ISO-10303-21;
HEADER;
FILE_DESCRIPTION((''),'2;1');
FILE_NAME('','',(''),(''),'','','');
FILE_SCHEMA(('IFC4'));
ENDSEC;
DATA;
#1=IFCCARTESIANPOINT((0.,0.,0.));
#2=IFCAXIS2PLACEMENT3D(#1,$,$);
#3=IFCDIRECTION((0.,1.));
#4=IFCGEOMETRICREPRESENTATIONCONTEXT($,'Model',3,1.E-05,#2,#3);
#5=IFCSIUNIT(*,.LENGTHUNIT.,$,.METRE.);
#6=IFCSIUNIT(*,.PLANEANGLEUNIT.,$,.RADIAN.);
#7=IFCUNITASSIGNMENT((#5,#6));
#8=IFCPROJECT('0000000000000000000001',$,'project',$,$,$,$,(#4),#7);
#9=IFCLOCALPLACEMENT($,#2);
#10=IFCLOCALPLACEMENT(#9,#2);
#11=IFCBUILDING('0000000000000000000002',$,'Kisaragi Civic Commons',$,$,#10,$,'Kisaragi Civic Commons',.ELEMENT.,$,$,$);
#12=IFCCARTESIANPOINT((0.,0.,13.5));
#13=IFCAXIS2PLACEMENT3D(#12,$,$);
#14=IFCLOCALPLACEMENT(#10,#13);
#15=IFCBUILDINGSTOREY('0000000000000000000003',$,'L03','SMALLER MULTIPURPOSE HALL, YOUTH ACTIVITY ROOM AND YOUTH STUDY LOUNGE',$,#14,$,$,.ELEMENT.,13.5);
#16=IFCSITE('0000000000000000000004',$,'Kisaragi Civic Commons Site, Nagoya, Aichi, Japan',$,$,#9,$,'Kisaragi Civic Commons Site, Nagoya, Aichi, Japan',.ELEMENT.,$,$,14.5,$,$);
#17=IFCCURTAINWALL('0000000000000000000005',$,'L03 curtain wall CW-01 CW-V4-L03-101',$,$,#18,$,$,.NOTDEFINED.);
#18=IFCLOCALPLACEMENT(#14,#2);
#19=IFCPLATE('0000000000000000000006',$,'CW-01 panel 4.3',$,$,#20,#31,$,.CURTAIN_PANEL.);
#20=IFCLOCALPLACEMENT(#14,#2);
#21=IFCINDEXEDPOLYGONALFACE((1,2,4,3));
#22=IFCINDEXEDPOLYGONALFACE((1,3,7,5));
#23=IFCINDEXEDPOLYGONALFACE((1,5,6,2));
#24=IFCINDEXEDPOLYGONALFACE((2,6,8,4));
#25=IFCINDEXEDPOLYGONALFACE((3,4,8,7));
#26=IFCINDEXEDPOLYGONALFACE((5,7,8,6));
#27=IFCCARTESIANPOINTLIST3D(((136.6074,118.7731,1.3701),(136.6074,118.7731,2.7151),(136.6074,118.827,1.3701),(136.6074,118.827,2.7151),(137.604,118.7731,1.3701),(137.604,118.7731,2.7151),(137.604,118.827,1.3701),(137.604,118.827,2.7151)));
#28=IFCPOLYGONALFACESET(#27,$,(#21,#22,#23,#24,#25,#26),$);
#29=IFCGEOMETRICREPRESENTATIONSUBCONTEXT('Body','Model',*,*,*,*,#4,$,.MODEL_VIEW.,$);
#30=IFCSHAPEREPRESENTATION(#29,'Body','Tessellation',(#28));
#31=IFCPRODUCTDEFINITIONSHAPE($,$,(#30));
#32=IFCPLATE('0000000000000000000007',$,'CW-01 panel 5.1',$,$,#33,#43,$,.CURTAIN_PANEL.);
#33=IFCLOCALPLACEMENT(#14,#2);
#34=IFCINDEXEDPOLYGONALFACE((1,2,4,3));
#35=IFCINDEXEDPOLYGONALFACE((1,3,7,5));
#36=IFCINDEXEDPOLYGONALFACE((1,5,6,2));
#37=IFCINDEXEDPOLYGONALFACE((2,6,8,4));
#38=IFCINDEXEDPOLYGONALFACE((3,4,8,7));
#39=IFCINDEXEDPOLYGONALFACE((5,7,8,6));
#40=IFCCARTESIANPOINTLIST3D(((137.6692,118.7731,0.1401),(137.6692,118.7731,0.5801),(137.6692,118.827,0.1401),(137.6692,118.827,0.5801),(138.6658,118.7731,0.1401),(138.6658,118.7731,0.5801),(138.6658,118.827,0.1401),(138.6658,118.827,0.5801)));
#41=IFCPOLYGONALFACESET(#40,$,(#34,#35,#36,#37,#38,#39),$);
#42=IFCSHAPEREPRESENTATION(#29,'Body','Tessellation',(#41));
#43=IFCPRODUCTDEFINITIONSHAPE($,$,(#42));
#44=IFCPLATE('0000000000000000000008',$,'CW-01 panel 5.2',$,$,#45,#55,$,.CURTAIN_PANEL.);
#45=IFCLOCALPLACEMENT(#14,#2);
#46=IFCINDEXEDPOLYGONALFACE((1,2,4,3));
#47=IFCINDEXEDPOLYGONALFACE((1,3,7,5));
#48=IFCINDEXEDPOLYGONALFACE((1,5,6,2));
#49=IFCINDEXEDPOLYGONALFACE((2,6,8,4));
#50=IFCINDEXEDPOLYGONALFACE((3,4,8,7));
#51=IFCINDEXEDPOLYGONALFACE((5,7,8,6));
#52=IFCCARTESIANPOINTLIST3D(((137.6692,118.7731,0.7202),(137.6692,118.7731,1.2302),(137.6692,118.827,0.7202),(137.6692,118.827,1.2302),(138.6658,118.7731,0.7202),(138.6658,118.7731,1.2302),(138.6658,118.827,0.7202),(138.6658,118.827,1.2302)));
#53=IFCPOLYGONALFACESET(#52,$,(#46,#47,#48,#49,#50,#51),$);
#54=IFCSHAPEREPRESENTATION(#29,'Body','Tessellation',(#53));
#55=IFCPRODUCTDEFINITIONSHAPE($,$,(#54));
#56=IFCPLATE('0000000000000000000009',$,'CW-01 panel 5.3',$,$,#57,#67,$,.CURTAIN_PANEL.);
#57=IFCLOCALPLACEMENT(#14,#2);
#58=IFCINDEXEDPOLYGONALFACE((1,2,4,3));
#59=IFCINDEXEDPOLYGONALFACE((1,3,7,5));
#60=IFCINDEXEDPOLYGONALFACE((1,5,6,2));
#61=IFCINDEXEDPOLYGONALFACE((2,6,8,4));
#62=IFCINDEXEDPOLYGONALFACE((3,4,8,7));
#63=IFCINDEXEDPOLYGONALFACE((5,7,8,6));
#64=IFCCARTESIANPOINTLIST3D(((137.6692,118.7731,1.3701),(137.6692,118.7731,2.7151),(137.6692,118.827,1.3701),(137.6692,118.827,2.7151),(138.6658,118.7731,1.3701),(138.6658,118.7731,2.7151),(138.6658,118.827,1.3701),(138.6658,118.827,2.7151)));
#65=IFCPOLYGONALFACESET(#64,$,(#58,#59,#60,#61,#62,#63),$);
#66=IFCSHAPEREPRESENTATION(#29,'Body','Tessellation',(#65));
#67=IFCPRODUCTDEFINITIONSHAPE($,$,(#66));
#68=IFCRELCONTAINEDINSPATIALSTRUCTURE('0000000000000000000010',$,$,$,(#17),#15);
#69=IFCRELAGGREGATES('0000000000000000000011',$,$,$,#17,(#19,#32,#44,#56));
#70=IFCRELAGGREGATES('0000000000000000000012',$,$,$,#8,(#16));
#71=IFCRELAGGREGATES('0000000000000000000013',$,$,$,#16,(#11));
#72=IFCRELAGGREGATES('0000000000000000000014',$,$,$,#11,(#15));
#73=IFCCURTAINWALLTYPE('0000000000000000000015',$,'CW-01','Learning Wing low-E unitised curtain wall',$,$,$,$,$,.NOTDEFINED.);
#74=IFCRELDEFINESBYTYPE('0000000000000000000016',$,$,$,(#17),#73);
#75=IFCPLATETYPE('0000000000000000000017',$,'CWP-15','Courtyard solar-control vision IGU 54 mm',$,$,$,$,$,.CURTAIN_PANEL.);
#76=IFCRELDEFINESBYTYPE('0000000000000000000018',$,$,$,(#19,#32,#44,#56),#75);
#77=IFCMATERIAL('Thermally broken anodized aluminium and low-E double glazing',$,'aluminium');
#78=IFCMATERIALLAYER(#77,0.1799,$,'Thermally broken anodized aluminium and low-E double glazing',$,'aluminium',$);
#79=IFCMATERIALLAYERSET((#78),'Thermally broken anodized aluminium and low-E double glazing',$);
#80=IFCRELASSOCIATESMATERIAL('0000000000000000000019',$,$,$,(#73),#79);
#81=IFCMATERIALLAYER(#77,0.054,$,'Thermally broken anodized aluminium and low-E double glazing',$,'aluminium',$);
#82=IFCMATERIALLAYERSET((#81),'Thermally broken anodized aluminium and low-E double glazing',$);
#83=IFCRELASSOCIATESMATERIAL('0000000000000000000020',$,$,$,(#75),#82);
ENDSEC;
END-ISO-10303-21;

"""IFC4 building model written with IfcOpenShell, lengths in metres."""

from ifc_helpers import new_model, si_unit, direction, frame, origin, origin_2d, place, context, subcontext, project, spatial, rectangle, extrude, material, layer, layer_set, type_object, element, aggregate, save


model = new_model("IFC4")

# Units and contexts
model_context = context("Model", 3, precision=1e-05, world=origin(), true_north=direction((0.0, 1.0)))
body_context = subcontext(model_context, "Body", "Model", "MODEL_VIEW")
ifc_project = project(units=[si_unit("LENGTHUNIT", "METRE"), si_unit("PLANEANGLEUNIT", "RADIAN")], contexts=[model_context])

# Site, building, storey
site_placement = place(None, origin())
site = spatial("IfcSite", under=ifc_project, at=site_placement, Name="Kisaragi Civic Commons Site, Nagoya, Aichi, Japan", LongName="Kisaragi Civic Commons Site, Nagoya, Aichi, Japan", CompositionType="ELEMENT", RefElevation=14.5)
building_placement = place(site_placement, origin())
building = spatial("IfcBuilding", under=site, at=building_placement, Name="Kisaragi Civic Commons", LongName="Kisaragi Civic Commons", CompositionType="ELEMENT")
storey_placement = place(building_placement, frame((0.0, 0.0, 13.5)))
storey = spatial("IfcBuildingStorey", under=building, at=storey_placement, Name="L03", Description="SMALLER MULTIPURPOSE HALL, YOUTH ACTIVITY ROOM AND YOUTH STUDY LOUNGE", CompositionType="ELEMENT", Elevation=13.5)

# Curtain wall
ifc_material_1 = material(Name="Thermally broken anodized aluminium and low-E double glazing", Category="aluminium")
ifc_layer_1 = layer(ifc_material_1, 0.1799, Name="Thermally broken anodized aluminium and low-E double glazing", Category="aluminium")
ifc_layer_set_1 = layer_set([ifc_layer_1], Name="Thermally broken anodized aluminium and low-E double glazing")
curtain_wall_type = type_object("IfcCurtainWallType", Name="CW-01", Description="Learning Wing low-E unitised curtain wall", PredefinedType="NOTDEFINED", material=ifc_layer_set_1)
curtain_wall_placement = place(storey_placement, origin())
curtain_wall = element("IfcCurtainWall", 1, at=curtain_wall_placement, inside=storey, type_object=curtain_wall_type, Name="L03 curtain wall CW-01 CW-V4-L03-101", PredefinedType="NOTDEFINED")

# Plates
ifc_layer_2 = layer(ifc_material_1, 0.054, Name="Thermally broken anodized aluminium and low-E double glazing", Category="aluminium")
ifc_layer_set_2 = layer_set([ifc_layer_2], Name="Thermally broken anodized aluminium and low-E double glazing")
plate_type = type_object("IfcPlateType", Name="CWP-15", Description="Courtyard solar-control vision IGU 54 mm", PredefinedType="CURTAIN_PANEL", material=ifc_layer_set_2)
plate_1_placement = place(storey_placement, frame((137.1057, 118.8, 1.3701), z_axis=(0.0, 0.0, 1.0), x_axis=(1.0, 0.0, 0.0)))
plate_1 = element("IfcPlate", 2, at=plate_1_placement, type_object=plate_type, Name="CW-01 panel 4.3", PredefinedType="CURTAIN_PANEL", context=body_context, shape_type="SweptSolid", body=[
    extrude(rectangle(XDim=0.9966, YDim=0.054, at=origin_2d()), origin(), (0.0, 0.0, 1.0), 1.345),
])
plate_2_placement = place(storey_placement, frame((138.1675, 118.8, 0.1401), z_axis=(0.0, 0.0, 1.0), x_axis=(1.0, 0.0, 0.0)))
plate_2 = element("IfcPlate", 3, at=plate_2_placement, type_object=plate_type, Name="CW-01 panel 5.1", PredefinedType="CURTAIN_PANEL", context=body_context, shape_type="SweptSolid", body=[
    extrude(rectangle(XDim=0.9966, YDim=0.054, at=origin_2d()), origin(), (0.0, 0.0, 1.0), 0.4399),
])
plate_3_placement = place(storey_placement, frame((138.1675, 118.8, 0.7202), z_axis=(0.0, 0.0, 1.0), x_axis=(1.0, 0.0, 0.0)))
plate_3 = element("IfcPlate", 4, at=plate_3_placement, type_object=plate_type, Name="CW-01 panel 5.2", PredefinedType="CURTAIN_PANEL", context=body_context, shape_type="SweptSolid", body=[
    extrude(rectangle(XDim=0.9966, YDim=0.054, at=origin_2d()), origin(), (0.0, 0.0, 1.0), 0.51),
])
plate_4_placement = place(storey_placement, frame((138.1675, 118.8, 1.3701), z_axis=(0.0, 0.0, 1.0), x_axis=(1.0, 0.0, 0.0)))
plate_4 = element("IfcPlate", 5, at=plate_4_placement, type_object=plate_type, Name="CW-01 panel 5.3", PredefinedType="CURTAIN_PANEL", context=body_context, shape_type="SweptSolid", body=[
    extrude(rectangle(XDim=0.9966, YDim=0.054, at=origin_2d()), origin(), (0.0, 0.0, 1.0), 1.345),
])
aggregate(curtain_wall, [plate_1, plate_2, plate_3, plate_4])

save(model, "model.ifc")
